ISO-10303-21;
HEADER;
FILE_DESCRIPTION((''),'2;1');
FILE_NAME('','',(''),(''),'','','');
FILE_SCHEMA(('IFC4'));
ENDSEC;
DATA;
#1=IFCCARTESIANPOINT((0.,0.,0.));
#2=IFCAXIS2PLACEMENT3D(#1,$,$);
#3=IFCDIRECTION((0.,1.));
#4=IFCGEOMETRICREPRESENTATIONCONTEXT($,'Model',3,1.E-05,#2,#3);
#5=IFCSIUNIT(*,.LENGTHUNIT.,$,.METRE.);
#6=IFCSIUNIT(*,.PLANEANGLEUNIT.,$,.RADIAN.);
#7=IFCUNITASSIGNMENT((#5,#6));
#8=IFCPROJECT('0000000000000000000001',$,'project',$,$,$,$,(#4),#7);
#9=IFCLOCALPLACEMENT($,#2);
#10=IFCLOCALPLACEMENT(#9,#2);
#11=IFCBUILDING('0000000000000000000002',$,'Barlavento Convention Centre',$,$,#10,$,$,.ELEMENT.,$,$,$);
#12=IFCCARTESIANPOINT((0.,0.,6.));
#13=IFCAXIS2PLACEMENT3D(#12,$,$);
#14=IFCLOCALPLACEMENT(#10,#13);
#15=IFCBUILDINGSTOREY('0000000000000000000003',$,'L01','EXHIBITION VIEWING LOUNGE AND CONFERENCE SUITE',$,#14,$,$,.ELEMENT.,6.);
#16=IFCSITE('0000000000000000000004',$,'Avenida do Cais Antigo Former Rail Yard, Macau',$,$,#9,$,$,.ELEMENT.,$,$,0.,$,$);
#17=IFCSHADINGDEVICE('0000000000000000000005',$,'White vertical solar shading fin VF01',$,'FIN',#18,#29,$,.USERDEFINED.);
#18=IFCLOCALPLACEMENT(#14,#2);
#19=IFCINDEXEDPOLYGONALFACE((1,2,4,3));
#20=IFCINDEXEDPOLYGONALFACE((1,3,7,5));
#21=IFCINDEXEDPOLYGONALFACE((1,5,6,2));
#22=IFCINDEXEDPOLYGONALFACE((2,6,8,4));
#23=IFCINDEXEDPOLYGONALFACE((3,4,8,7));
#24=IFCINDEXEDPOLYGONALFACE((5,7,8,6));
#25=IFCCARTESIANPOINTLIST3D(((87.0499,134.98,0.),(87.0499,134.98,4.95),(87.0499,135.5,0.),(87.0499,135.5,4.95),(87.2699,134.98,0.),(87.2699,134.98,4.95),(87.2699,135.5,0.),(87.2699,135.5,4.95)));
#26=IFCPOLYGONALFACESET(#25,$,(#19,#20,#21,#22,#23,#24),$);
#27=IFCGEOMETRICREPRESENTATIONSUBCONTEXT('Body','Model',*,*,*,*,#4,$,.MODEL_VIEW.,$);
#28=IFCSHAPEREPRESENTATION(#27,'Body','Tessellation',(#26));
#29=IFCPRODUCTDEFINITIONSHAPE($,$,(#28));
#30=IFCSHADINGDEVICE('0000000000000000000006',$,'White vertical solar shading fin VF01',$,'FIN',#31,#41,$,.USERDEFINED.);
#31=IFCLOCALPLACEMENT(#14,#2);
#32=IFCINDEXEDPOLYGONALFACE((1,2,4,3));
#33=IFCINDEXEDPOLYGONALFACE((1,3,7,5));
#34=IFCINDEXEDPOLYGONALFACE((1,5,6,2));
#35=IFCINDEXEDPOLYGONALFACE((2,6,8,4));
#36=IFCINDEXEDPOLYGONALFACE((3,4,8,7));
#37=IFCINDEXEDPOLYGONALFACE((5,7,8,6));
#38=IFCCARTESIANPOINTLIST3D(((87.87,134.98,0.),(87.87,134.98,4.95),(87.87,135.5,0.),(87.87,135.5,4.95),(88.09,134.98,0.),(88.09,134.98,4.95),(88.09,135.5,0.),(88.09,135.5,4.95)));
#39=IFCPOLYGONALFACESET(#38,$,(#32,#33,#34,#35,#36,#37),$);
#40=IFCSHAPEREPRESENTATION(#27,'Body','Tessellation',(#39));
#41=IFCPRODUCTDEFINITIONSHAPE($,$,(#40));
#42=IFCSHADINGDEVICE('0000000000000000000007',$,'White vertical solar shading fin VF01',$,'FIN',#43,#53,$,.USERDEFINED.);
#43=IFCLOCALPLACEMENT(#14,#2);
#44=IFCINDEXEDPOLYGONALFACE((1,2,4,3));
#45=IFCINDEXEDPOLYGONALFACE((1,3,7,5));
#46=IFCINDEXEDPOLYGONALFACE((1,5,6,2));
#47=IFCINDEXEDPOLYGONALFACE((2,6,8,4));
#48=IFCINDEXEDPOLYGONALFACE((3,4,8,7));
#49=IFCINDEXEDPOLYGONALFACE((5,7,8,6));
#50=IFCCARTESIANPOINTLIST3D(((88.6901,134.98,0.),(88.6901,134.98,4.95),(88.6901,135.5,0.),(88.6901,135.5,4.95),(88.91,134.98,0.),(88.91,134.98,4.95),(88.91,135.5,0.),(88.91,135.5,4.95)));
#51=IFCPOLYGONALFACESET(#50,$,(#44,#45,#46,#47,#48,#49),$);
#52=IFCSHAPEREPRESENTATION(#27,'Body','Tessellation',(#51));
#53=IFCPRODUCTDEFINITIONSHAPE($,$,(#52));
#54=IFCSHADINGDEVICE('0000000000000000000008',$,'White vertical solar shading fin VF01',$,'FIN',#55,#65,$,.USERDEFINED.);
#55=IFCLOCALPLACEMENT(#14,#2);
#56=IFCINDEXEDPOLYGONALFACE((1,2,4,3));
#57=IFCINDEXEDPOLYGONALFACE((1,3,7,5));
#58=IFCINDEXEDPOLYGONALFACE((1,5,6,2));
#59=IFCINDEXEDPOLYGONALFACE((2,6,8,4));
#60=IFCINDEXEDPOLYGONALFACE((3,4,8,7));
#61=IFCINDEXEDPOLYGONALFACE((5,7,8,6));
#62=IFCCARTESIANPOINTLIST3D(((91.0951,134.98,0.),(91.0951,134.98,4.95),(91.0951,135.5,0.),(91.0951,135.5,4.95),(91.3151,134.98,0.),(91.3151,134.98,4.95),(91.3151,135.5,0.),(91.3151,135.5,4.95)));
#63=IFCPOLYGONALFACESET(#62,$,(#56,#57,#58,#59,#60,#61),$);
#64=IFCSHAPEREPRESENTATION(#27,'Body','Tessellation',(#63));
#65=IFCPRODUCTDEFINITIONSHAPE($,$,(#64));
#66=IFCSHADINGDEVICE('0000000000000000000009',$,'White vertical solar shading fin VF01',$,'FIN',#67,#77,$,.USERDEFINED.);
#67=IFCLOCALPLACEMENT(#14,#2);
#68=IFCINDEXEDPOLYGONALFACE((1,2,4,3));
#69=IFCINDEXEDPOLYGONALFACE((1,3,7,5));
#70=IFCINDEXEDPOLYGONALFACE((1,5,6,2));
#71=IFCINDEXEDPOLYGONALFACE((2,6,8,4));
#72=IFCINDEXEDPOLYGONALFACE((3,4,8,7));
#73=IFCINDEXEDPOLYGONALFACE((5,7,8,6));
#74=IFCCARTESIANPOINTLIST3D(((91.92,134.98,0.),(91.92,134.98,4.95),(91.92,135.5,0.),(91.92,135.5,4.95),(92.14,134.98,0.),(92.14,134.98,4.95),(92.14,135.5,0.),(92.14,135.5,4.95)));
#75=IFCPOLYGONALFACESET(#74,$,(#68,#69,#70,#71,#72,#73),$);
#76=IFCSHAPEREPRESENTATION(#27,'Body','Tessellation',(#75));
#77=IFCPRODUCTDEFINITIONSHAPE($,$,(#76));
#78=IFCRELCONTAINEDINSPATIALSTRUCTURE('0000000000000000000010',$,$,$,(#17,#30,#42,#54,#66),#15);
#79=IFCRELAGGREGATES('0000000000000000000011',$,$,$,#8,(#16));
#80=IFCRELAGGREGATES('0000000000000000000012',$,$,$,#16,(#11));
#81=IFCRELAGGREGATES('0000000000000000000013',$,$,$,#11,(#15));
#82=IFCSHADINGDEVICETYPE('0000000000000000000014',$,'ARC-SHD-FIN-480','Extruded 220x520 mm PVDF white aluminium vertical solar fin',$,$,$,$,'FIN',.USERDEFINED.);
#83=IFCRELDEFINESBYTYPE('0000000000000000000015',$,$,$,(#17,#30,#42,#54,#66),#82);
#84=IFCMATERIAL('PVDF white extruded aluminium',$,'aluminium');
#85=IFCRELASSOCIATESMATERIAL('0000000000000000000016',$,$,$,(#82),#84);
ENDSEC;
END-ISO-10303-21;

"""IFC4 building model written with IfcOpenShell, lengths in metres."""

from ifc_helpers import new_model, si_unit, direction, frame, origin, origin_2d, place, context, subcontext, project, spatial, rectangle, extrude, material, type_object, element, save


model = new_model("IFC4")

# Units and contexts
model_context = context("Model", 3, precision=1e-05, world=origin(), true_north=direction((0.0, 1.0)))
body_context = subcontext(model_context, "Body", "Model", "MODEL_VIEW")
ifc_project = project(units=[si_unit("LENGTHUNIT", "METRE"), si_unit("PLANEANGLEUNIT", "RADIAN")], contexts=[model_context])

# Site, building, storey
site_placement = place(None, origin())
site = spatial("IfcSite", under=ifc_project, at=site_placement, Name="Avenida do Cais Antigo Former Rail Yard, Macau", CompositionType="ELEMENT", RefElevation=0.0)
building_placement = place(site_placement, origin())
building = spatial("IfcBuilding", under=site, at=building_placement, Name="Barlavento Convention Centre", CompositionType="ELEMENT")
storey_placement = place(building_placement, frame((0.0, 0.0, 6.0)))
storey = spatial("IfcBuildingStorey", under=building, at=storey_placement, Name="L01", Description="EXHIBITION VIEWING LOUNGE AND CONFERENCE SUITE", CompositionType="ELEMENT", Elevation=6.0)

# Shading devices
ifc_material_1 = material(Name="PVDF white extruded aluminium", Category="aluminium")
shading_device_type = type_object("IfcShadingDeviceType", Name="ARC-SHD-FIN-480", Description="Extruded 220x520 mm PVDF white aluminium vertical solar fin", ElementType="FIN", PredefinedType="USERDEFINED", material=ifc_material_1)
for number, where, z_axis, x_axis, name in (
    (1, (87.1599, 135.24, 0.0), (0.0, 0.0, 1.0), (1.0, 0.0, 0.0), "White vertical solar shading fin VF01"),
    (2, (87.98, 135.24, 0.0), (0.0, 0.0, 1.0), (1.0, 0.0, 0.0), "White vertical solar shading fin VF01"),
    (3, (88.8, 135.24, 0.0), (0.0, 0.0, 1.0), (1.0, 0.0, 0.0), "White vertical solar shading fin VF01"),
    (4, (91.2051, 135.24, 0.0), (0.0, 0.0, 1.0), (1.0, 0.0, 0.0), "White vertical solar shading fin VF01"),
    (5, (92.03, 135.24, 0.0), (0.0, 0.0, 1.0), (1.0, 0.0, 0.0), "White vertical solar shading fin VF01"),
):
    element("IfcShadingDevice", number, at=place(storey_placement, frame(where, z_axis=z_axis, x_axis=x_axis)), inside=storey, type_object=shading_device_type, Name=name, ObjectType="FIN", PredefinedType="USERDEFINED", context=body_context, shape_type="SweptSolid", body=[
        extrude(rectangle(XDim=0.22, YDim=0.52, at=origin_2d()), origin(), (0.0, 0.0, 1.0), 4.95),
    ])

save(model, "model.ifc")
